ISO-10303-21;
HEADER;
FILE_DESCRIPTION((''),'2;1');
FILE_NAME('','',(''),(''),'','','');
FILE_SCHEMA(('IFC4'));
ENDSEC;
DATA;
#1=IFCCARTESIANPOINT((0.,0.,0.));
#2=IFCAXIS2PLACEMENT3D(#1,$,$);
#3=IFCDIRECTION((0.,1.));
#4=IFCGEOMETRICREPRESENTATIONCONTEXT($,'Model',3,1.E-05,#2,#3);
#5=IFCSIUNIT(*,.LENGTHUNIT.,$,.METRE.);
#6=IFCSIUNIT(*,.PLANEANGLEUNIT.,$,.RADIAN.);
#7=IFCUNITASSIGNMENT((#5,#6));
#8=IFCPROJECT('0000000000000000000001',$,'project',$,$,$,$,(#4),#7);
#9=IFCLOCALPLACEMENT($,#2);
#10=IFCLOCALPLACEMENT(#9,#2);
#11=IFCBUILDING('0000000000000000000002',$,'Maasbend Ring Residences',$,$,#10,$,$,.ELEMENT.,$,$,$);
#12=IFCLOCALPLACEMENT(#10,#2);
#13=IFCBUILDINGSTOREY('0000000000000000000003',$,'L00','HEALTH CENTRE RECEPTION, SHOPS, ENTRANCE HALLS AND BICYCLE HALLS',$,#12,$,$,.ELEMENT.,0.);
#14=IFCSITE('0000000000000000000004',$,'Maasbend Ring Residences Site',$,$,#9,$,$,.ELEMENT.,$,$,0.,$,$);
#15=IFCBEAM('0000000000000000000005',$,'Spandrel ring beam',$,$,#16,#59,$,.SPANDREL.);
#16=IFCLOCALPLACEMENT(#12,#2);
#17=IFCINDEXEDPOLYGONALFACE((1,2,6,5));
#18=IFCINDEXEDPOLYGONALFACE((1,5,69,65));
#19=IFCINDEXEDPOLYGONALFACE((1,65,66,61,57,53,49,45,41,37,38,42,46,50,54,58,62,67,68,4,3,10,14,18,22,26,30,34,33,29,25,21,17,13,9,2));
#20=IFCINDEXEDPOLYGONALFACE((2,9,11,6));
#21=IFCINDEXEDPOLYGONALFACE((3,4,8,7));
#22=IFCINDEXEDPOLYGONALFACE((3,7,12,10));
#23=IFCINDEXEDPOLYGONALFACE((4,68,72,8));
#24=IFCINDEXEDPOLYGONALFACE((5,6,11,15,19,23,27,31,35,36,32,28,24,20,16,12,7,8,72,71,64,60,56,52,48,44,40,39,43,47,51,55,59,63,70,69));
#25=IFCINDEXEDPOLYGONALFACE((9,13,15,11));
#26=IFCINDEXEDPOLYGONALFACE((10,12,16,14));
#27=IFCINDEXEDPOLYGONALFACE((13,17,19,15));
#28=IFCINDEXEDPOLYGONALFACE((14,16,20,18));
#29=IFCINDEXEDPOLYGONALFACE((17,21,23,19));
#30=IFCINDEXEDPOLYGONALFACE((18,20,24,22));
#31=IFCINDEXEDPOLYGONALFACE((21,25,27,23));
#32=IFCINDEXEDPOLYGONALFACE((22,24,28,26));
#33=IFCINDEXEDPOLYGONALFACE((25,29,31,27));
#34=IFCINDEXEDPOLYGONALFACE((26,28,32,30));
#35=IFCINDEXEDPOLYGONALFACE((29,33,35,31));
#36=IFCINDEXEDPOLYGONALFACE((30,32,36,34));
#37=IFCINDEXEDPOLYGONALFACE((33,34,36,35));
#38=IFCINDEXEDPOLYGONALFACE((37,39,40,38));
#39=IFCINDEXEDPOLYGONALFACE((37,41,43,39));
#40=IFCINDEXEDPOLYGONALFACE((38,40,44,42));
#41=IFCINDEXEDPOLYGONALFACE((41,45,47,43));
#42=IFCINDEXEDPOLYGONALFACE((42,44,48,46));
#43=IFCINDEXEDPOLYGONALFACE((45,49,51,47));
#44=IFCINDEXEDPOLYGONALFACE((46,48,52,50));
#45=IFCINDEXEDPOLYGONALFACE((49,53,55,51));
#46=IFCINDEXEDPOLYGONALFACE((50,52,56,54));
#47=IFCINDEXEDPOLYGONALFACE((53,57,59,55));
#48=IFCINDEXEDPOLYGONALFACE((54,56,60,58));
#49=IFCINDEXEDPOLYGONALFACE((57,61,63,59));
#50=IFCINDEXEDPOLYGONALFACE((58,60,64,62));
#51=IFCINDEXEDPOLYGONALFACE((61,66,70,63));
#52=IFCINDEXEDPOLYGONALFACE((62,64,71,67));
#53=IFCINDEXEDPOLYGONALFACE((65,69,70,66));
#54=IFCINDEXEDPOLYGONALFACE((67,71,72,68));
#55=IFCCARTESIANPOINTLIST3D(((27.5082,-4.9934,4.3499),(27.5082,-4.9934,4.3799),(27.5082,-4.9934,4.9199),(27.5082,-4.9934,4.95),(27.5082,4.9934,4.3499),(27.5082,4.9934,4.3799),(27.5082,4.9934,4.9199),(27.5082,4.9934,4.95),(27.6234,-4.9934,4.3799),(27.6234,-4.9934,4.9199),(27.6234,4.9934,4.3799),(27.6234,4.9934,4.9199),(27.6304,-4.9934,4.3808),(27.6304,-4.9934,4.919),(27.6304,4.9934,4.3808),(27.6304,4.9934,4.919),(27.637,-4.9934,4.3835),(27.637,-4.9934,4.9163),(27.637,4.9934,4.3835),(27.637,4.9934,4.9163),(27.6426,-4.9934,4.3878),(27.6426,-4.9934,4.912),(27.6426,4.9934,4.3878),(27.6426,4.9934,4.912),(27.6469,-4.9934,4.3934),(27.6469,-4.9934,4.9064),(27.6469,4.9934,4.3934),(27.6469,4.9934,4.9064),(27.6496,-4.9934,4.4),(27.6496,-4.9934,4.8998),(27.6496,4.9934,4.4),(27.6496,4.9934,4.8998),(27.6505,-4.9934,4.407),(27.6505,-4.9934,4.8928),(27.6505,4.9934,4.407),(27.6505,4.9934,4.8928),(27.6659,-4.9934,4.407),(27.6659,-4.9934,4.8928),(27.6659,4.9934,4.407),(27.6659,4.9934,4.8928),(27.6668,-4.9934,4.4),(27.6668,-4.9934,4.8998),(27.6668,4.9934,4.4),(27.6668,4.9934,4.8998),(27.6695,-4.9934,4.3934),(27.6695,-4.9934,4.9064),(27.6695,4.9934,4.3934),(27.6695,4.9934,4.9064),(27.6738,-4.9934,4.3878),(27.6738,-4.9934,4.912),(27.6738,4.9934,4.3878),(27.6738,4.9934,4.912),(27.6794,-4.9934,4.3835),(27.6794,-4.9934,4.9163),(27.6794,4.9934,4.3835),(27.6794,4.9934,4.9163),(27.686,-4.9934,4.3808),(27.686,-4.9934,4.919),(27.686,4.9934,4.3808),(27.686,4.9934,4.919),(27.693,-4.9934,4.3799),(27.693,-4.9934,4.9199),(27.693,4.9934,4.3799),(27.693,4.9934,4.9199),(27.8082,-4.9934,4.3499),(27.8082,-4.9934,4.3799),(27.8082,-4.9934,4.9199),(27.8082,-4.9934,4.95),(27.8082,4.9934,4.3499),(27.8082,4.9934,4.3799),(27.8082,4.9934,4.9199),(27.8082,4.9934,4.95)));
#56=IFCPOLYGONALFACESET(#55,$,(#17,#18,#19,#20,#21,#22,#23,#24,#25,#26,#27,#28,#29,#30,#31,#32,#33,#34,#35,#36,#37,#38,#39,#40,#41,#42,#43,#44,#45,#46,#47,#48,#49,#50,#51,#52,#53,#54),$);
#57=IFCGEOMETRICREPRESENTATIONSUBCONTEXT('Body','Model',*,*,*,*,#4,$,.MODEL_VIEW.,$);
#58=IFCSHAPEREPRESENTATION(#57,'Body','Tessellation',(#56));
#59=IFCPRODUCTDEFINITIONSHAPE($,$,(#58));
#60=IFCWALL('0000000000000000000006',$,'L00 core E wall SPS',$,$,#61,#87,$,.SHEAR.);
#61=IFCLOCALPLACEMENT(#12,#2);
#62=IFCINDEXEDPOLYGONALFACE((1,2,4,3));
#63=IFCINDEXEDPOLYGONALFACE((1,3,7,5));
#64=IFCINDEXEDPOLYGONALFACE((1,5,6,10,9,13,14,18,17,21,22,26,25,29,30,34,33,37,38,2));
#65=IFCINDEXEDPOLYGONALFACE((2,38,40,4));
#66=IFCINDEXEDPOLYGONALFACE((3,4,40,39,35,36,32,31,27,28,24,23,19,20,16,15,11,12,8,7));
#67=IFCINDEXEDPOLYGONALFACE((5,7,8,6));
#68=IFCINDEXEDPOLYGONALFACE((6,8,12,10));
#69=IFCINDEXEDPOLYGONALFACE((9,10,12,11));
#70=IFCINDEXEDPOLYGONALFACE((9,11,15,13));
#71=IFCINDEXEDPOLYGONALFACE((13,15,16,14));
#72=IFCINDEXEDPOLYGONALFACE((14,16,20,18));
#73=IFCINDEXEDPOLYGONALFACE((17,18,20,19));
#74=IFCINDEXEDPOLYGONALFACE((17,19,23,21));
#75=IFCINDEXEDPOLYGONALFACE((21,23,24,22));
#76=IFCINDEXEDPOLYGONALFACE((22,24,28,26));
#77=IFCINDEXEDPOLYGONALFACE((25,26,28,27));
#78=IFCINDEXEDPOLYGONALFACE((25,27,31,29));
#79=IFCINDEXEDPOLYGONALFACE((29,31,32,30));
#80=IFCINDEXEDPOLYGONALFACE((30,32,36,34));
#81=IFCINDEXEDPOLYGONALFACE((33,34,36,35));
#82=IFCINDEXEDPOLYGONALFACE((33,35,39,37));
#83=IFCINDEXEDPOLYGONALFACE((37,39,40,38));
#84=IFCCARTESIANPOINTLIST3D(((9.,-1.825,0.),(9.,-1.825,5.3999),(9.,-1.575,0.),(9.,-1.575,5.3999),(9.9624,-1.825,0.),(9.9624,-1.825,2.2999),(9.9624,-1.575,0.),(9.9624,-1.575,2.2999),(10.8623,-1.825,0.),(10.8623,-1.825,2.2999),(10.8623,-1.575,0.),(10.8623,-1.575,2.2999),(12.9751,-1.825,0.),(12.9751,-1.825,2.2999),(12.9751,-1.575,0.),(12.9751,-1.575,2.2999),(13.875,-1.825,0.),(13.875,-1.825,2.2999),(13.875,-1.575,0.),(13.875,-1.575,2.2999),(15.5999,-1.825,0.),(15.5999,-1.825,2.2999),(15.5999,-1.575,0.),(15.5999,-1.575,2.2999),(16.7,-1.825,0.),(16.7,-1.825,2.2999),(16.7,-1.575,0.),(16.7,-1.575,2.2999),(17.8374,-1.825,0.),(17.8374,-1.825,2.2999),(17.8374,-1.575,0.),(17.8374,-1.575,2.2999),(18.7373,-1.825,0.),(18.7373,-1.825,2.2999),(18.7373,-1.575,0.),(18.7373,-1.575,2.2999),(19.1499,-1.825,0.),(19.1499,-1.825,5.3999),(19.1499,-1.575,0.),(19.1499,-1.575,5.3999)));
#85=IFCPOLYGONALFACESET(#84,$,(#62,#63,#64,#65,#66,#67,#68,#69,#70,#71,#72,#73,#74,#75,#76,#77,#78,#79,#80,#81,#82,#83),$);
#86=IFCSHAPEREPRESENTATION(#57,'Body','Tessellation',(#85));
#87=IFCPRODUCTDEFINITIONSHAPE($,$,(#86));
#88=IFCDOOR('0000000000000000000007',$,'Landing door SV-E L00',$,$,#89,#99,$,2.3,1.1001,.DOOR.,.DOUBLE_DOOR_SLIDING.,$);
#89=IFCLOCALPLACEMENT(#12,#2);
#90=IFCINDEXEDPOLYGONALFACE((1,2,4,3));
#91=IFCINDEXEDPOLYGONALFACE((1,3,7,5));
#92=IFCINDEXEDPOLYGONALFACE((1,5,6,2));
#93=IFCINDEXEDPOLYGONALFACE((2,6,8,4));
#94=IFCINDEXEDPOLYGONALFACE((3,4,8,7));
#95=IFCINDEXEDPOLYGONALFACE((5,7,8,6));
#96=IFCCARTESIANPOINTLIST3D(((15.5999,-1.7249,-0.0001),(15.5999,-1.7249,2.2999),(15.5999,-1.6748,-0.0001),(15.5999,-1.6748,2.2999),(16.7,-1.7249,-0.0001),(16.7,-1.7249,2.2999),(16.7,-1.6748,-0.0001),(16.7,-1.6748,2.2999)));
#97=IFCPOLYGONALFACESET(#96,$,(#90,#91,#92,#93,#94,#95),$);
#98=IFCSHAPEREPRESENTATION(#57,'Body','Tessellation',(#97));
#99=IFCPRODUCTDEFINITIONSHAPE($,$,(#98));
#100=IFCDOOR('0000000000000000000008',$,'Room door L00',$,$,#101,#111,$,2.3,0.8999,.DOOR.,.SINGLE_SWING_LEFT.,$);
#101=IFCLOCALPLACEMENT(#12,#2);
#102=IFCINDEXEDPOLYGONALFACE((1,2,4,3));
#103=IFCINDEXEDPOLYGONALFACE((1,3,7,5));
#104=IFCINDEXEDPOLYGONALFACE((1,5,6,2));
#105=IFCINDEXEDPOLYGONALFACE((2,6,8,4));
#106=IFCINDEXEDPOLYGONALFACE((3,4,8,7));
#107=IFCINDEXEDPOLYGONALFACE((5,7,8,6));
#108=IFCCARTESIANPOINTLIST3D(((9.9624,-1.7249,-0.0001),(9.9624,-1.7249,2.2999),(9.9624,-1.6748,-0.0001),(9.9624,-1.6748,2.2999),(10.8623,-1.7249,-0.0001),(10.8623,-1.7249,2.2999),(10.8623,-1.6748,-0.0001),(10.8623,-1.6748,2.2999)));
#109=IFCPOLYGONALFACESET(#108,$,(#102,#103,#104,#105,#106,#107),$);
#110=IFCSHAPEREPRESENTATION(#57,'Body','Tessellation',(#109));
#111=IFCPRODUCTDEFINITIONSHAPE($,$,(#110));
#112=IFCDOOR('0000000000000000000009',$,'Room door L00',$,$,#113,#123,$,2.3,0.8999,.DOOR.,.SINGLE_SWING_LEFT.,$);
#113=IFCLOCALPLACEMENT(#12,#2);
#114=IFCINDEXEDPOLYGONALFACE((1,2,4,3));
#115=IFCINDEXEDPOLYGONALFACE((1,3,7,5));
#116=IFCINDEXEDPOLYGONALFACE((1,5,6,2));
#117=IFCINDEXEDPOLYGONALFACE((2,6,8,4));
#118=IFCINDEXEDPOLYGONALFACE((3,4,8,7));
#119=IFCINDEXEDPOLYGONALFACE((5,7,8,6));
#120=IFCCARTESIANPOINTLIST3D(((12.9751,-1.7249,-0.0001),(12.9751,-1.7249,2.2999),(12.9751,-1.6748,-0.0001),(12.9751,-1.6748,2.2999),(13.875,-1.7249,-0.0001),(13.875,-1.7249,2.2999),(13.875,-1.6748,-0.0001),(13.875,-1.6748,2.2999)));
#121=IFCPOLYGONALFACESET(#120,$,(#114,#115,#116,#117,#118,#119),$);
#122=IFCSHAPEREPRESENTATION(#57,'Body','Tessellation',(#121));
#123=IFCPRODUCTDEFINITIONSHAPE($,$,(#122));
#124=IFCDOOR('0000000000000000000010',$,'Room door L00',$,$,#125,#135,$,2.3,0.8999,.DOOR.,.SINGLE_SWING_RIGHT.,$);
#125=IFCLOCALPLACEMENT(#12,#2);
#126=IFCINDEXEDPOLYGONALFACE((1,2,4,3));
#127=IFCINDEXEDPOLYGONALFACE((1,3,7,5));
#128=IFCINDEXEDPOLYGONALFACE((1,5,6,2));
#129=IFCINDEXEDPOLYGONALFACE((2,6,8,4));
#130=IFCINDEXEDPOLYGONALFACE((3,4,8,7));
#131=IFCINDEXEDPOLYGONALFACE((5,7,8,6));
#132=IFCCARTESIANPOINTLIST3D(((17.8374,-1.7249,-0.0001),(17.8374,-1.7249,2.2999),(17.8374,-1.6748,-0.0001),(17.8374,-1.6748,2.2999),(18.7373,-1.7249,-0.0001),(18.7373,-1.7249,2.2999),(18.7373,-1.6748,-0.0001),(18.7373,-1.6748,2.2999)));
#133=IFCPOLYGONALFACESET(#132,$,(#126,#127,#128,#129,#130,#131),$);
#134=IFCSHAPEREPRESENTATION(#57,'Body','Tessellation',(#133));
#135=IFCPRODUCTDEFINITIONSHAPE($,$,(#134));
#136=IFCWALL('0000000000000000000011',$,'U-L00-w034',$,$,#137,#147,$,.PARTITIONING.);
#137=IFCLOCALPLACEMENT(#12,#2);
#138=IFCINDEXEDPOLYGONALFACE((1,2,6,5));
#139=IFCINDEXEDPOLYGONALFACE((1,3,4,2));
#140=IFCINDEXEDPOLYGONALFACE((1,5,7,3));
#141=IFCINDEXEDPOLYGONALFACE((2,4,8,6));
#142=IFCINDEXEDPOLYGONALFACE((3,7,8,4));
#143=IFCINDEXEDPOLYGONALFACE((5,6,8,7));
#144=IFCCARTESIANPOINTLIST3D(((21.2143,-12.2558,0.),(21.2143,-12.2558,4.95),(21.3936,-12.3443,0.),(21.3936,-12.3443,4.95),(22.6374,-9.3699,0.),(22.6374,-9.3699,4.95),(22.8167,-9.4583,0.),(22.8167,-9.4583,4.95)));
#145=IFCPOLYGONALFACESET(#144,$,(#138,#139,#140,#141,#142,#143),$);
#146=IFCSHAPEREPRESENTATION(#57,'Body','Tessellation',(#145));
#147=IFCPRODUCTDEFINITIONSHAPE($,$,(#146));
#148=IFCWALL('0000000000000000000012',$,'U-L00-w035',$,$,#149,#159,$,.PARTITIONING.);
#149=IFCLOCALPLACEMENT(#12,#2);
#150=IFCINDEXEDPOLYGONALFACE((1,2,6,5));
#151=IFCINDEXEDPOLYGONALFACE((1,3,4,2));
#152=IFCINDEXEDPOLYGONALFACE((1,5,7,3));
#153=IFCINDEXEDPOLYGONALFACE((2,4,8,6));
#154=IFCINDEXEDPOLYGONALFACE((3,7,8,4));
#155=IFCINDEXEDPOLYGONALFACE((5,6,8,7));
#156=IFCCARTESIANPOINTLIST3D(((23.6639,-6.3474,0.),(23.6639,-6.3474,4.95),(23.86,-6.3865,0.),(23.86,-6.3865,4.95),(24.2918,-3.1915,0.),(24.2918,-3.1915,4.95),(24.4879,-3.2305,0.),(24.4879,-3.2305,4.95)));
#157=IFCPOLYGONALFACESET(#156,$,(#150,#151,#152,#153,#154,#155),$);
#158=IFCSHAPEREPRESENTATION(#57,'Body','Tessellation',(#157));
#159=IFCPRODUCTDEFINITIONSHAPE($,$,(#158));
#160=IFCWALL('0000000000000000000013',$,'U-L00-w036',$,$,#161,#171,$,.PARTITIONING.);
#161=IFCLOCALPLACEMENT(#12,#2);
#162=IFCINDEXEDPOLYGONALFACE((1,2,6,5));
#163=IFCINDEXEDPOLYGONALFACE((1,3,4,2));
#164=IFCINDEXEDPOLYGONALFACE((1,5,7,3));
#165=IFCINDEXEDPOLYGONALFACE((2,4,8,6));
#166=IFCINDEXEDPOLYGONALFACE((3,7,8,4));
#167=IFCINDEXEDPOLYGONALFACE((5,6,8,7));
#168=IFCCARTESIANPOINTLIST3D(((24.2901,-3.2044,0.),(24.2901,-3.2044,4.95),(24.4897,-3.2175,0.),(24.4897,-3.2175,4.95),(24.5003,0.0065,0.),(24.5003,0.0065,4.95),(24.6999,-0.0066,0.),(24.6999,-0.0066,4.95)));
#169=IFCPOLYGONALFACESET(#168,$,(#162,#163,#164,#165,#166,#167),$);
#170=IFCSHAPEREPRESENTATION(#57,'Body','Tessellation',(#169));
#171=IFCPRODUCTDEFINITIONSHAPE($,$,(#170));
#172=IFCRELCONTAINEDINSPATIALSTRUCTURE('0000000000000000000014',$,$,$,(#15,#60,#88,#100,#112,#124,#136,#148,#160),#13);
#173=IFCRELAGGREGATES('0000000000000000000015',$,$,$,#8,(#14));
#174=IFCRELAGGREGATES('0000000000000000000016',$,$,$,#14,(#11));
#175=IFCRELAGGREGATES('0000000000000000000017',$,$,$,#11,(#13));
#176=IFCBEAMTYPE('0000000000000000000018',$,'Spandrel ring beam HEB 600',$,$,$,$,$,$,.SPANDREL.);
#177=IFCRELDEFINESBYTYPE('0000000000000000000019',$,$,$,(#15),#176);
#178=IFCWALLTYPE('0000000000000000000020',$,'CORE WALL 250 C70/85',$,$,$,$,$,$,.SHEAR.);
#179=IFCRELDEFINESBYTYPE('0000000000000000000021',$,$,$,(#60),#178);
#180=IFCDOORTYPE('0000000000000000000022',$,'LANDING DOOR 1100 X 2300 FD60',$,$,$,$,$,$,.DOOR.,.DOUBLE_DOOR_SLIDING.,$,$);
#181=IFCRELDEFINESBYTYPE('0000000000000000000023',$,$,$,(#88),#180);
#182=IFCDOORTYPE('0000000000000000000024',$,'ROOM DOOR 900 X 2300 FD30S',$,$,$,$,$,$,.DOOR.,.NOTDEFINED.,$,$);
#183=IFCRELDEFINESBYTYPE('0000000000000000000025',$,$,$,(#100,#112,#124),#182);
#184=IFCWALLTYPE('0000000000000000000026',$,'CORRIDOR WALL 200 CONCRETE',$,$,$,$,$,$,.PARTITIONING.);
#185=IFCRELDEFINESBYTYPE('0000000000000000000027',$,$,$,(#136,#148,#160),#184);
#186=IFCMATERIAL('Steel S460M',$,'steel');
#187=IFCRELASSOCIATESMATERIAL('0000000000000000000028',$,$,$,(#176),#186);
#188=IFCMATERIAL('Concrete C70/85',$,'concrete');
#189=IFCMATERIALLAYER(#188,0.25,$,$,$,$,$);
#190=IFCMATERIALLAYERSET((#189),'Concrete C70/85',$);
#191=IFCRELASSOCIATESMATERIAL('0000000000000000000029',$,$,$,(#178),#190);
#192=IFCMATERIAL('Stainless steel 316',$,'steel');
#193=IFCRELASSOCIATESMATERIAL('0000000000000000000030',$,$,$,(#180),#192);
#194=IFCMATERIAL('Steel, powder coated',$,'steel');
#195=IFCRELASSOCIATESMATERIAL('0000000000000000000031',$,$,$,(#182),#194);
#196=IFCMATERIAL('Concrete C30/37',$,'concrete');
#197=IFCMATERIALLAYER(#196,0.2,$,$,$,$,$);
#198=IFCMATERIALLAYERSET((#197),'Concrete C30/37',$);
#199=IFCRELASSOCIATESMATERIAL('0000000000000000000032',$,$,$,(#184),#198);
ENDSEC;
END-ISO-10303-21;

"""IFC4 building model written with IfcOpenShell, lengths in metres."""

from ifc_helpers import new_model, si_unit, direction, frame, frame_2d, origin, origin_2d, place, context, subcontext, project, spatial, rectangle, i_section, extrude, material, layer, layer_set, material_profile, profile_set, type_object, element, fill, save


model = new_model("IFC4")

# Units and contexts
model_context = context("Model", 3, precision=1e-05, world=origin(), true_north=direction((0.0, 1.0)))
body_context = subcontext(model_context, "Body", "Model", "MODEL_VIEW")
ifc_project = project(units=[si_unit("LENGTHUNIT", "METRE"), si_unit("PLANEANGLEUNIT", "RADIAN")], contexts=[model_context])

# Site, building, storey
site_placement = place(None, origin())
site = spatial("IfcSite", under=ifc_project, at=site_placement, Name="Maasbend Ring Residences Site", CompositionType="ELEMENT", RefElevation=0.0)
building_placement = place(site_placement, origin())
building = spatial("IfcBuilding", under=site, at=building_placement, Name="Maasbend Ring Residences", CompositionType="ELEMENT")
storey_placement = place(building_placement, origin())
storey = spatial("IfcBuildingStorey", under=building, at=storey_placement, Name="L00", Description="HEALTH CENTRE RECEPTION, SHOPS, ENTRANCE HALLS AND BICYCLE HALLS", CompositionType="ELEMENT", Elevation=0.0)

# Beam
ifc_material_1 = material(Name="Steel S460M", Category="steel")
ifc_material_profile_1 = material_profile(ifc_material_1, i_section(OverallWidth=0.3, OverallDepth=0.6001, WebThickness=0.0154, FlangeThickness=0.03, FilletRadius=0.0271, at=origin_2d()), Name="HEB 600")
ifc_profile_set_1 = profile_set([ifc_material_profile_1], Name="Steel S460M")
beam_type = type_object("IfcBeamType", Name="Spandrel ring beam HEB 600", PredefinedType="SPANDREL", material=ifc_profile_set_1)
beam_placement = place(storey_placement, frame((27.6582, -4.9934, 4.6499), z_axis=(0.0, 1.0, 0.0), x_axis=(-1.0, 0.0, 0.0)))
element("IfcBeam", 1, at=beam_placement, inside=storey, type_object=beam_type, Name="Spandrel ring beam", PredefinedType="SPANDREL", context=body_context, shape_type="SweptSolid", body=[
    extrude(i_section(OverallWidth=0.3, OverallDepth=0.6001, WebThickness=0.0154, FlangeThickness=0.03, FilletRadius=0.0271, at=origin_2d()), origin(), (0.0, 0.0, 1.0), 9.9868),
])

# Wall, openings, doors
ifc_material_2 = material(Name="Concrete C70/85", Category="concrete")
ifc_layer_1 = layer(ifc_material_2, 0.25)
ifc_layer_set_1 = layer_set([ifc_layer_1], Name="Concrete C70/85")
wall_type_1 = type_object("IfcWallType", Name="CORE WALL 250 C70/85", PredefinedType="SHEAR", material=ifc_layer_set_1)
wall_1_placement = place(storey_placement, frame((19.1499, -1.7, 0.0), z_axis=(0.0, 0.0, 1.0), x_axis=(-1.0, 0.0, 0.0)))
wall_1 = element("IfcWall", 2, at=wall_1_placement, inside=storey, type_object=wall_type_1, Name="L00 core E wall SPS", PredefinedType="SHEAR", context=body_context, shape_type="SweptSolid", body=[
    extrude(rectangle(XDim=10.1499, YDim=0.25, at=frame_2d((5.075, 0.0))), origin(), (0.0, 0.0, 1.0), 5.3999),
])
opening_1_placement = place(wall_1_placement, frame((2.45, 0.0, 0.0)))
opening_1 = element("IfcOpeningElement", 3, at=opening_1_placement, cuts=wall_1, PredefinedType="OPENING", context=body_context, shape_type="SweptSolid", body=[
    extrude(rectangle(XDim=1.1001, YDim=2.3, at=frame_2d((0.55, 1.1499))), frame((0.0, 0.135, 0.0), z_axis=(0.0, -1.0, 0.0), x_axis=(1.0, 0.0, 0.0)), (0.0, 0.0, 1.0), 0.27),
])
opening_2_placement = place(wall_1_placement, frame((8.2876, 0.0, 0.0)))
opening_2 = element("IfcOpeningElement", 4, at=opening_2_placement, cuts=wall_1, PredefinedType="OPENING", context=body_context, shape_type="SweptSolid", body=[
    extrude(rectangle(XDim=0.8999, YDim=2.3, at=frame_2d((0.45, 1.1499))), frame((0.0, 0.135, 0.0), z_axis=(0.0, -1.0, 0.0), x_axis=(1.0, 0.0, 0.0)), (0.0, 0.0, 1.0), 0.27),
])
opening_3_placement = place(wall_1_placement, frame((5.2749, 0.0, 0.0)))
opening_3 = element("IfcOpeningElement", 5, at=opening_3_placement, cuts=wall_1, PredefinedType="OPENING", context=body_context, shape_type="SweptSolid", body=[
    extrude(rectangle(XDim=0.8999, YDim=2.3, at=frame_2d((0.45, 1.1499))), frame((0.0, 0.135, 0.0), z_axis=(0.0, -1.0, 0.0), x_axis=(1.0, 0.0, 0.0)), (0.0, 0.0, 1.0), 0.27),
])
opening_4_placement = place(wall_1_placement, frame((0.4126, 0.0, 0.0)))
opening_4 = element("IfcOpeningElement", 6, at=opening_4_placement, cuts=wall_1, PredefinedType="OPENING", context=body_context, shape_type="SweptSolid", body=[
    extrude(rectangle(XDim=0.8999, YDim=2.3, at=frame_2d((0.45, 1.1499))), frame((0.0, 0.135, 0.0), z_axis=(0.0, -1.0, 0.0), x_axis=(1.0, 0.0, 0.0)), (0.0, 0.0, 1.0), 0.27),
])
ifc_material_3 = material(Name="Stainless steel 316", Category="steel")
door_type_1 = type_object("IfcDoorType", Name="LANDING DOOR 1100 X 2300 FD60", OperationType="DOUBLE_DOOR_SLIDING", PredefinedType="DOOR", material=ifc_material_3)
door_1_placement = place(opening_1_placement, origin())
door_1 = element("IfcDoor", 7, at=door_1_placement, inside=storey, type_object=door_type_1, Name="Landing door SV-E L00", OperationType="DOUBLE_DOOR_SLIDING", OverallHeight=2.3, OverallWidth=1.1001, PredefinedType="DOOR", context=body_context, shape_type="SweptSolid", body=[
    extrude(rectangle(XDim=1.1001, YDim=2.3, at=frame_2d((0.55, 1.1499))), frame((0.0, 0.0249, 0.0), z_axis=(0.0, -1.0, 0.0), x_axis=(1.0, 0.0, 0.0)), (0.0, 0.0, 1.0), 0.05),
])
fill(opening_1, door_1)
ifc_material_4 = material(Name="Steel, powder coated", Category="steel")
door_type_2 = type_object("IfcDoorType", Name="ROOM DOOR 900 X 2300 FD30S", OperationType="NOTDEFINED", PredefinedType="DOOR", material=ifc_material_4)
door_2_placement = place(opening_2_placement, origin())
door_2 = element("IfcDoor", 8, at=door_2_placement, inside=storey, type_object=door_type_2, Name="Room door L00", OperationType="SINGLE_SWING_LEFT", OverallHeight=2.3, OverallWidth=0.8999, PredefinedType="DOOR", context=body_context, shape_type="SweptSolid", body=[
    extrude(rectangle(XDim=0.8999, YDim=2.3, at=frame_2d((0.45, 1.1499))), frame((0.0, 0.0249, 0.0), z_axis=(0.0, -1.0, 0.0), x_axis=(1.0, 0.0, 0.0)), (0.0, 0.0, 1.0), 0.05),
])
fill(opening_2, door_2)
door_3_placement = place(opening_3_placement, origin())
door_3 = element("IfcDoor", 9, at=door_3_placement, inside=storey, type_object=door_type_2, Name="Room door L00", OperationType="SINGLE_SWING_LEFT", OverallHeight=2.3, OverallWidth=0.8999, PredefinedType="DOOR", context=body_context, shape_type="SweptSolid", body=[
    extrude(rectangle(XDim=0.8999, YDim=2.3, at=frame_2d((0.45, 1.1499))), frame((0.0, 0.0249, 0.0), z_axis=(0.0, -1.0, 0.0), x_axis=(1.0, 0.0, 0.0)), (0.0, 0.0, 1.0), 0.05),
])
fill(opening_3, door_3)
door_4_placement = place(opening_4_placement, origin())
door_4 = element("IfcDoor", 10, at=door_4_placement, inside=storey, type_object=door_type_2, Name="Room door L00", OperationType="SINGLE_SWING_RIGHT", OverallHeight=2.3, OverallWidth=0.8999, PredefinedType="DOOR", context=body_context, shape_type="SweptSolid", body=[
    extrude(rectangle(XDim=0.8999, YDim=2.3, at=frame_2d((0.45, 1.1499))), frame((0.0, 0.0249, 0.0), z_axis=(0.0, -1.0, 0.0), x_axis=(1.0, 0.0, 0.0)), (0.0, 0.0, 1.0), 0.05),
])
fill(opening_4, door_4)

# Walls
ifc_material_5 = material(Name="Concrete C30/37", Category="concrete")
ifc_layer_2 = layer(ifc_material_5, 0.2)
ifc_layer_set_2 = layer_set([ifc_layer_2], Name="Concrete C30/37")
wall_type_2 = type_object("IfcWallType", Name="CORRIDOR WALL 200 CONCRETE", PredefinedType="PARTITIONING", material=ifc_layer_set_2)
for number, where, z_axis, x_axis, name in (
    (11, (21.304, -12.3, 0.0), (0.0, 0.0, 1.0), (0.44226, 0.896887, 0.0), "U-L00-w034"),
    (12, (23.762, -6.3669, 0.0), (0.0, 0.0, 1.0), (0.195138, 0.980776, 0.0), "U-L00-w035"),
    (13, (24.3899, -3.2109, 0.0), (0.0, 0.0, 1.0), (0.065325, 0.997864, 0.0), "U-L00-w036"),
):
    element("IfcWall", number, at=place(storey_placement, frame(where, z_axis=z_axis, x_axis=x_axis)), inside=storey, type_object=wall_type_2, Name=name, PredefinedType="PARTITIONING", context=body_context, shape_type="SweptSolid", body=[
        extrude(rectangle(XDim=3.2178, YDim=0.2, at=frame_2d((1.6089, 0.0))), origin(), (0.0, 0.0, 1.0), 4.95),
    ])

save(model, "model.ifc")
